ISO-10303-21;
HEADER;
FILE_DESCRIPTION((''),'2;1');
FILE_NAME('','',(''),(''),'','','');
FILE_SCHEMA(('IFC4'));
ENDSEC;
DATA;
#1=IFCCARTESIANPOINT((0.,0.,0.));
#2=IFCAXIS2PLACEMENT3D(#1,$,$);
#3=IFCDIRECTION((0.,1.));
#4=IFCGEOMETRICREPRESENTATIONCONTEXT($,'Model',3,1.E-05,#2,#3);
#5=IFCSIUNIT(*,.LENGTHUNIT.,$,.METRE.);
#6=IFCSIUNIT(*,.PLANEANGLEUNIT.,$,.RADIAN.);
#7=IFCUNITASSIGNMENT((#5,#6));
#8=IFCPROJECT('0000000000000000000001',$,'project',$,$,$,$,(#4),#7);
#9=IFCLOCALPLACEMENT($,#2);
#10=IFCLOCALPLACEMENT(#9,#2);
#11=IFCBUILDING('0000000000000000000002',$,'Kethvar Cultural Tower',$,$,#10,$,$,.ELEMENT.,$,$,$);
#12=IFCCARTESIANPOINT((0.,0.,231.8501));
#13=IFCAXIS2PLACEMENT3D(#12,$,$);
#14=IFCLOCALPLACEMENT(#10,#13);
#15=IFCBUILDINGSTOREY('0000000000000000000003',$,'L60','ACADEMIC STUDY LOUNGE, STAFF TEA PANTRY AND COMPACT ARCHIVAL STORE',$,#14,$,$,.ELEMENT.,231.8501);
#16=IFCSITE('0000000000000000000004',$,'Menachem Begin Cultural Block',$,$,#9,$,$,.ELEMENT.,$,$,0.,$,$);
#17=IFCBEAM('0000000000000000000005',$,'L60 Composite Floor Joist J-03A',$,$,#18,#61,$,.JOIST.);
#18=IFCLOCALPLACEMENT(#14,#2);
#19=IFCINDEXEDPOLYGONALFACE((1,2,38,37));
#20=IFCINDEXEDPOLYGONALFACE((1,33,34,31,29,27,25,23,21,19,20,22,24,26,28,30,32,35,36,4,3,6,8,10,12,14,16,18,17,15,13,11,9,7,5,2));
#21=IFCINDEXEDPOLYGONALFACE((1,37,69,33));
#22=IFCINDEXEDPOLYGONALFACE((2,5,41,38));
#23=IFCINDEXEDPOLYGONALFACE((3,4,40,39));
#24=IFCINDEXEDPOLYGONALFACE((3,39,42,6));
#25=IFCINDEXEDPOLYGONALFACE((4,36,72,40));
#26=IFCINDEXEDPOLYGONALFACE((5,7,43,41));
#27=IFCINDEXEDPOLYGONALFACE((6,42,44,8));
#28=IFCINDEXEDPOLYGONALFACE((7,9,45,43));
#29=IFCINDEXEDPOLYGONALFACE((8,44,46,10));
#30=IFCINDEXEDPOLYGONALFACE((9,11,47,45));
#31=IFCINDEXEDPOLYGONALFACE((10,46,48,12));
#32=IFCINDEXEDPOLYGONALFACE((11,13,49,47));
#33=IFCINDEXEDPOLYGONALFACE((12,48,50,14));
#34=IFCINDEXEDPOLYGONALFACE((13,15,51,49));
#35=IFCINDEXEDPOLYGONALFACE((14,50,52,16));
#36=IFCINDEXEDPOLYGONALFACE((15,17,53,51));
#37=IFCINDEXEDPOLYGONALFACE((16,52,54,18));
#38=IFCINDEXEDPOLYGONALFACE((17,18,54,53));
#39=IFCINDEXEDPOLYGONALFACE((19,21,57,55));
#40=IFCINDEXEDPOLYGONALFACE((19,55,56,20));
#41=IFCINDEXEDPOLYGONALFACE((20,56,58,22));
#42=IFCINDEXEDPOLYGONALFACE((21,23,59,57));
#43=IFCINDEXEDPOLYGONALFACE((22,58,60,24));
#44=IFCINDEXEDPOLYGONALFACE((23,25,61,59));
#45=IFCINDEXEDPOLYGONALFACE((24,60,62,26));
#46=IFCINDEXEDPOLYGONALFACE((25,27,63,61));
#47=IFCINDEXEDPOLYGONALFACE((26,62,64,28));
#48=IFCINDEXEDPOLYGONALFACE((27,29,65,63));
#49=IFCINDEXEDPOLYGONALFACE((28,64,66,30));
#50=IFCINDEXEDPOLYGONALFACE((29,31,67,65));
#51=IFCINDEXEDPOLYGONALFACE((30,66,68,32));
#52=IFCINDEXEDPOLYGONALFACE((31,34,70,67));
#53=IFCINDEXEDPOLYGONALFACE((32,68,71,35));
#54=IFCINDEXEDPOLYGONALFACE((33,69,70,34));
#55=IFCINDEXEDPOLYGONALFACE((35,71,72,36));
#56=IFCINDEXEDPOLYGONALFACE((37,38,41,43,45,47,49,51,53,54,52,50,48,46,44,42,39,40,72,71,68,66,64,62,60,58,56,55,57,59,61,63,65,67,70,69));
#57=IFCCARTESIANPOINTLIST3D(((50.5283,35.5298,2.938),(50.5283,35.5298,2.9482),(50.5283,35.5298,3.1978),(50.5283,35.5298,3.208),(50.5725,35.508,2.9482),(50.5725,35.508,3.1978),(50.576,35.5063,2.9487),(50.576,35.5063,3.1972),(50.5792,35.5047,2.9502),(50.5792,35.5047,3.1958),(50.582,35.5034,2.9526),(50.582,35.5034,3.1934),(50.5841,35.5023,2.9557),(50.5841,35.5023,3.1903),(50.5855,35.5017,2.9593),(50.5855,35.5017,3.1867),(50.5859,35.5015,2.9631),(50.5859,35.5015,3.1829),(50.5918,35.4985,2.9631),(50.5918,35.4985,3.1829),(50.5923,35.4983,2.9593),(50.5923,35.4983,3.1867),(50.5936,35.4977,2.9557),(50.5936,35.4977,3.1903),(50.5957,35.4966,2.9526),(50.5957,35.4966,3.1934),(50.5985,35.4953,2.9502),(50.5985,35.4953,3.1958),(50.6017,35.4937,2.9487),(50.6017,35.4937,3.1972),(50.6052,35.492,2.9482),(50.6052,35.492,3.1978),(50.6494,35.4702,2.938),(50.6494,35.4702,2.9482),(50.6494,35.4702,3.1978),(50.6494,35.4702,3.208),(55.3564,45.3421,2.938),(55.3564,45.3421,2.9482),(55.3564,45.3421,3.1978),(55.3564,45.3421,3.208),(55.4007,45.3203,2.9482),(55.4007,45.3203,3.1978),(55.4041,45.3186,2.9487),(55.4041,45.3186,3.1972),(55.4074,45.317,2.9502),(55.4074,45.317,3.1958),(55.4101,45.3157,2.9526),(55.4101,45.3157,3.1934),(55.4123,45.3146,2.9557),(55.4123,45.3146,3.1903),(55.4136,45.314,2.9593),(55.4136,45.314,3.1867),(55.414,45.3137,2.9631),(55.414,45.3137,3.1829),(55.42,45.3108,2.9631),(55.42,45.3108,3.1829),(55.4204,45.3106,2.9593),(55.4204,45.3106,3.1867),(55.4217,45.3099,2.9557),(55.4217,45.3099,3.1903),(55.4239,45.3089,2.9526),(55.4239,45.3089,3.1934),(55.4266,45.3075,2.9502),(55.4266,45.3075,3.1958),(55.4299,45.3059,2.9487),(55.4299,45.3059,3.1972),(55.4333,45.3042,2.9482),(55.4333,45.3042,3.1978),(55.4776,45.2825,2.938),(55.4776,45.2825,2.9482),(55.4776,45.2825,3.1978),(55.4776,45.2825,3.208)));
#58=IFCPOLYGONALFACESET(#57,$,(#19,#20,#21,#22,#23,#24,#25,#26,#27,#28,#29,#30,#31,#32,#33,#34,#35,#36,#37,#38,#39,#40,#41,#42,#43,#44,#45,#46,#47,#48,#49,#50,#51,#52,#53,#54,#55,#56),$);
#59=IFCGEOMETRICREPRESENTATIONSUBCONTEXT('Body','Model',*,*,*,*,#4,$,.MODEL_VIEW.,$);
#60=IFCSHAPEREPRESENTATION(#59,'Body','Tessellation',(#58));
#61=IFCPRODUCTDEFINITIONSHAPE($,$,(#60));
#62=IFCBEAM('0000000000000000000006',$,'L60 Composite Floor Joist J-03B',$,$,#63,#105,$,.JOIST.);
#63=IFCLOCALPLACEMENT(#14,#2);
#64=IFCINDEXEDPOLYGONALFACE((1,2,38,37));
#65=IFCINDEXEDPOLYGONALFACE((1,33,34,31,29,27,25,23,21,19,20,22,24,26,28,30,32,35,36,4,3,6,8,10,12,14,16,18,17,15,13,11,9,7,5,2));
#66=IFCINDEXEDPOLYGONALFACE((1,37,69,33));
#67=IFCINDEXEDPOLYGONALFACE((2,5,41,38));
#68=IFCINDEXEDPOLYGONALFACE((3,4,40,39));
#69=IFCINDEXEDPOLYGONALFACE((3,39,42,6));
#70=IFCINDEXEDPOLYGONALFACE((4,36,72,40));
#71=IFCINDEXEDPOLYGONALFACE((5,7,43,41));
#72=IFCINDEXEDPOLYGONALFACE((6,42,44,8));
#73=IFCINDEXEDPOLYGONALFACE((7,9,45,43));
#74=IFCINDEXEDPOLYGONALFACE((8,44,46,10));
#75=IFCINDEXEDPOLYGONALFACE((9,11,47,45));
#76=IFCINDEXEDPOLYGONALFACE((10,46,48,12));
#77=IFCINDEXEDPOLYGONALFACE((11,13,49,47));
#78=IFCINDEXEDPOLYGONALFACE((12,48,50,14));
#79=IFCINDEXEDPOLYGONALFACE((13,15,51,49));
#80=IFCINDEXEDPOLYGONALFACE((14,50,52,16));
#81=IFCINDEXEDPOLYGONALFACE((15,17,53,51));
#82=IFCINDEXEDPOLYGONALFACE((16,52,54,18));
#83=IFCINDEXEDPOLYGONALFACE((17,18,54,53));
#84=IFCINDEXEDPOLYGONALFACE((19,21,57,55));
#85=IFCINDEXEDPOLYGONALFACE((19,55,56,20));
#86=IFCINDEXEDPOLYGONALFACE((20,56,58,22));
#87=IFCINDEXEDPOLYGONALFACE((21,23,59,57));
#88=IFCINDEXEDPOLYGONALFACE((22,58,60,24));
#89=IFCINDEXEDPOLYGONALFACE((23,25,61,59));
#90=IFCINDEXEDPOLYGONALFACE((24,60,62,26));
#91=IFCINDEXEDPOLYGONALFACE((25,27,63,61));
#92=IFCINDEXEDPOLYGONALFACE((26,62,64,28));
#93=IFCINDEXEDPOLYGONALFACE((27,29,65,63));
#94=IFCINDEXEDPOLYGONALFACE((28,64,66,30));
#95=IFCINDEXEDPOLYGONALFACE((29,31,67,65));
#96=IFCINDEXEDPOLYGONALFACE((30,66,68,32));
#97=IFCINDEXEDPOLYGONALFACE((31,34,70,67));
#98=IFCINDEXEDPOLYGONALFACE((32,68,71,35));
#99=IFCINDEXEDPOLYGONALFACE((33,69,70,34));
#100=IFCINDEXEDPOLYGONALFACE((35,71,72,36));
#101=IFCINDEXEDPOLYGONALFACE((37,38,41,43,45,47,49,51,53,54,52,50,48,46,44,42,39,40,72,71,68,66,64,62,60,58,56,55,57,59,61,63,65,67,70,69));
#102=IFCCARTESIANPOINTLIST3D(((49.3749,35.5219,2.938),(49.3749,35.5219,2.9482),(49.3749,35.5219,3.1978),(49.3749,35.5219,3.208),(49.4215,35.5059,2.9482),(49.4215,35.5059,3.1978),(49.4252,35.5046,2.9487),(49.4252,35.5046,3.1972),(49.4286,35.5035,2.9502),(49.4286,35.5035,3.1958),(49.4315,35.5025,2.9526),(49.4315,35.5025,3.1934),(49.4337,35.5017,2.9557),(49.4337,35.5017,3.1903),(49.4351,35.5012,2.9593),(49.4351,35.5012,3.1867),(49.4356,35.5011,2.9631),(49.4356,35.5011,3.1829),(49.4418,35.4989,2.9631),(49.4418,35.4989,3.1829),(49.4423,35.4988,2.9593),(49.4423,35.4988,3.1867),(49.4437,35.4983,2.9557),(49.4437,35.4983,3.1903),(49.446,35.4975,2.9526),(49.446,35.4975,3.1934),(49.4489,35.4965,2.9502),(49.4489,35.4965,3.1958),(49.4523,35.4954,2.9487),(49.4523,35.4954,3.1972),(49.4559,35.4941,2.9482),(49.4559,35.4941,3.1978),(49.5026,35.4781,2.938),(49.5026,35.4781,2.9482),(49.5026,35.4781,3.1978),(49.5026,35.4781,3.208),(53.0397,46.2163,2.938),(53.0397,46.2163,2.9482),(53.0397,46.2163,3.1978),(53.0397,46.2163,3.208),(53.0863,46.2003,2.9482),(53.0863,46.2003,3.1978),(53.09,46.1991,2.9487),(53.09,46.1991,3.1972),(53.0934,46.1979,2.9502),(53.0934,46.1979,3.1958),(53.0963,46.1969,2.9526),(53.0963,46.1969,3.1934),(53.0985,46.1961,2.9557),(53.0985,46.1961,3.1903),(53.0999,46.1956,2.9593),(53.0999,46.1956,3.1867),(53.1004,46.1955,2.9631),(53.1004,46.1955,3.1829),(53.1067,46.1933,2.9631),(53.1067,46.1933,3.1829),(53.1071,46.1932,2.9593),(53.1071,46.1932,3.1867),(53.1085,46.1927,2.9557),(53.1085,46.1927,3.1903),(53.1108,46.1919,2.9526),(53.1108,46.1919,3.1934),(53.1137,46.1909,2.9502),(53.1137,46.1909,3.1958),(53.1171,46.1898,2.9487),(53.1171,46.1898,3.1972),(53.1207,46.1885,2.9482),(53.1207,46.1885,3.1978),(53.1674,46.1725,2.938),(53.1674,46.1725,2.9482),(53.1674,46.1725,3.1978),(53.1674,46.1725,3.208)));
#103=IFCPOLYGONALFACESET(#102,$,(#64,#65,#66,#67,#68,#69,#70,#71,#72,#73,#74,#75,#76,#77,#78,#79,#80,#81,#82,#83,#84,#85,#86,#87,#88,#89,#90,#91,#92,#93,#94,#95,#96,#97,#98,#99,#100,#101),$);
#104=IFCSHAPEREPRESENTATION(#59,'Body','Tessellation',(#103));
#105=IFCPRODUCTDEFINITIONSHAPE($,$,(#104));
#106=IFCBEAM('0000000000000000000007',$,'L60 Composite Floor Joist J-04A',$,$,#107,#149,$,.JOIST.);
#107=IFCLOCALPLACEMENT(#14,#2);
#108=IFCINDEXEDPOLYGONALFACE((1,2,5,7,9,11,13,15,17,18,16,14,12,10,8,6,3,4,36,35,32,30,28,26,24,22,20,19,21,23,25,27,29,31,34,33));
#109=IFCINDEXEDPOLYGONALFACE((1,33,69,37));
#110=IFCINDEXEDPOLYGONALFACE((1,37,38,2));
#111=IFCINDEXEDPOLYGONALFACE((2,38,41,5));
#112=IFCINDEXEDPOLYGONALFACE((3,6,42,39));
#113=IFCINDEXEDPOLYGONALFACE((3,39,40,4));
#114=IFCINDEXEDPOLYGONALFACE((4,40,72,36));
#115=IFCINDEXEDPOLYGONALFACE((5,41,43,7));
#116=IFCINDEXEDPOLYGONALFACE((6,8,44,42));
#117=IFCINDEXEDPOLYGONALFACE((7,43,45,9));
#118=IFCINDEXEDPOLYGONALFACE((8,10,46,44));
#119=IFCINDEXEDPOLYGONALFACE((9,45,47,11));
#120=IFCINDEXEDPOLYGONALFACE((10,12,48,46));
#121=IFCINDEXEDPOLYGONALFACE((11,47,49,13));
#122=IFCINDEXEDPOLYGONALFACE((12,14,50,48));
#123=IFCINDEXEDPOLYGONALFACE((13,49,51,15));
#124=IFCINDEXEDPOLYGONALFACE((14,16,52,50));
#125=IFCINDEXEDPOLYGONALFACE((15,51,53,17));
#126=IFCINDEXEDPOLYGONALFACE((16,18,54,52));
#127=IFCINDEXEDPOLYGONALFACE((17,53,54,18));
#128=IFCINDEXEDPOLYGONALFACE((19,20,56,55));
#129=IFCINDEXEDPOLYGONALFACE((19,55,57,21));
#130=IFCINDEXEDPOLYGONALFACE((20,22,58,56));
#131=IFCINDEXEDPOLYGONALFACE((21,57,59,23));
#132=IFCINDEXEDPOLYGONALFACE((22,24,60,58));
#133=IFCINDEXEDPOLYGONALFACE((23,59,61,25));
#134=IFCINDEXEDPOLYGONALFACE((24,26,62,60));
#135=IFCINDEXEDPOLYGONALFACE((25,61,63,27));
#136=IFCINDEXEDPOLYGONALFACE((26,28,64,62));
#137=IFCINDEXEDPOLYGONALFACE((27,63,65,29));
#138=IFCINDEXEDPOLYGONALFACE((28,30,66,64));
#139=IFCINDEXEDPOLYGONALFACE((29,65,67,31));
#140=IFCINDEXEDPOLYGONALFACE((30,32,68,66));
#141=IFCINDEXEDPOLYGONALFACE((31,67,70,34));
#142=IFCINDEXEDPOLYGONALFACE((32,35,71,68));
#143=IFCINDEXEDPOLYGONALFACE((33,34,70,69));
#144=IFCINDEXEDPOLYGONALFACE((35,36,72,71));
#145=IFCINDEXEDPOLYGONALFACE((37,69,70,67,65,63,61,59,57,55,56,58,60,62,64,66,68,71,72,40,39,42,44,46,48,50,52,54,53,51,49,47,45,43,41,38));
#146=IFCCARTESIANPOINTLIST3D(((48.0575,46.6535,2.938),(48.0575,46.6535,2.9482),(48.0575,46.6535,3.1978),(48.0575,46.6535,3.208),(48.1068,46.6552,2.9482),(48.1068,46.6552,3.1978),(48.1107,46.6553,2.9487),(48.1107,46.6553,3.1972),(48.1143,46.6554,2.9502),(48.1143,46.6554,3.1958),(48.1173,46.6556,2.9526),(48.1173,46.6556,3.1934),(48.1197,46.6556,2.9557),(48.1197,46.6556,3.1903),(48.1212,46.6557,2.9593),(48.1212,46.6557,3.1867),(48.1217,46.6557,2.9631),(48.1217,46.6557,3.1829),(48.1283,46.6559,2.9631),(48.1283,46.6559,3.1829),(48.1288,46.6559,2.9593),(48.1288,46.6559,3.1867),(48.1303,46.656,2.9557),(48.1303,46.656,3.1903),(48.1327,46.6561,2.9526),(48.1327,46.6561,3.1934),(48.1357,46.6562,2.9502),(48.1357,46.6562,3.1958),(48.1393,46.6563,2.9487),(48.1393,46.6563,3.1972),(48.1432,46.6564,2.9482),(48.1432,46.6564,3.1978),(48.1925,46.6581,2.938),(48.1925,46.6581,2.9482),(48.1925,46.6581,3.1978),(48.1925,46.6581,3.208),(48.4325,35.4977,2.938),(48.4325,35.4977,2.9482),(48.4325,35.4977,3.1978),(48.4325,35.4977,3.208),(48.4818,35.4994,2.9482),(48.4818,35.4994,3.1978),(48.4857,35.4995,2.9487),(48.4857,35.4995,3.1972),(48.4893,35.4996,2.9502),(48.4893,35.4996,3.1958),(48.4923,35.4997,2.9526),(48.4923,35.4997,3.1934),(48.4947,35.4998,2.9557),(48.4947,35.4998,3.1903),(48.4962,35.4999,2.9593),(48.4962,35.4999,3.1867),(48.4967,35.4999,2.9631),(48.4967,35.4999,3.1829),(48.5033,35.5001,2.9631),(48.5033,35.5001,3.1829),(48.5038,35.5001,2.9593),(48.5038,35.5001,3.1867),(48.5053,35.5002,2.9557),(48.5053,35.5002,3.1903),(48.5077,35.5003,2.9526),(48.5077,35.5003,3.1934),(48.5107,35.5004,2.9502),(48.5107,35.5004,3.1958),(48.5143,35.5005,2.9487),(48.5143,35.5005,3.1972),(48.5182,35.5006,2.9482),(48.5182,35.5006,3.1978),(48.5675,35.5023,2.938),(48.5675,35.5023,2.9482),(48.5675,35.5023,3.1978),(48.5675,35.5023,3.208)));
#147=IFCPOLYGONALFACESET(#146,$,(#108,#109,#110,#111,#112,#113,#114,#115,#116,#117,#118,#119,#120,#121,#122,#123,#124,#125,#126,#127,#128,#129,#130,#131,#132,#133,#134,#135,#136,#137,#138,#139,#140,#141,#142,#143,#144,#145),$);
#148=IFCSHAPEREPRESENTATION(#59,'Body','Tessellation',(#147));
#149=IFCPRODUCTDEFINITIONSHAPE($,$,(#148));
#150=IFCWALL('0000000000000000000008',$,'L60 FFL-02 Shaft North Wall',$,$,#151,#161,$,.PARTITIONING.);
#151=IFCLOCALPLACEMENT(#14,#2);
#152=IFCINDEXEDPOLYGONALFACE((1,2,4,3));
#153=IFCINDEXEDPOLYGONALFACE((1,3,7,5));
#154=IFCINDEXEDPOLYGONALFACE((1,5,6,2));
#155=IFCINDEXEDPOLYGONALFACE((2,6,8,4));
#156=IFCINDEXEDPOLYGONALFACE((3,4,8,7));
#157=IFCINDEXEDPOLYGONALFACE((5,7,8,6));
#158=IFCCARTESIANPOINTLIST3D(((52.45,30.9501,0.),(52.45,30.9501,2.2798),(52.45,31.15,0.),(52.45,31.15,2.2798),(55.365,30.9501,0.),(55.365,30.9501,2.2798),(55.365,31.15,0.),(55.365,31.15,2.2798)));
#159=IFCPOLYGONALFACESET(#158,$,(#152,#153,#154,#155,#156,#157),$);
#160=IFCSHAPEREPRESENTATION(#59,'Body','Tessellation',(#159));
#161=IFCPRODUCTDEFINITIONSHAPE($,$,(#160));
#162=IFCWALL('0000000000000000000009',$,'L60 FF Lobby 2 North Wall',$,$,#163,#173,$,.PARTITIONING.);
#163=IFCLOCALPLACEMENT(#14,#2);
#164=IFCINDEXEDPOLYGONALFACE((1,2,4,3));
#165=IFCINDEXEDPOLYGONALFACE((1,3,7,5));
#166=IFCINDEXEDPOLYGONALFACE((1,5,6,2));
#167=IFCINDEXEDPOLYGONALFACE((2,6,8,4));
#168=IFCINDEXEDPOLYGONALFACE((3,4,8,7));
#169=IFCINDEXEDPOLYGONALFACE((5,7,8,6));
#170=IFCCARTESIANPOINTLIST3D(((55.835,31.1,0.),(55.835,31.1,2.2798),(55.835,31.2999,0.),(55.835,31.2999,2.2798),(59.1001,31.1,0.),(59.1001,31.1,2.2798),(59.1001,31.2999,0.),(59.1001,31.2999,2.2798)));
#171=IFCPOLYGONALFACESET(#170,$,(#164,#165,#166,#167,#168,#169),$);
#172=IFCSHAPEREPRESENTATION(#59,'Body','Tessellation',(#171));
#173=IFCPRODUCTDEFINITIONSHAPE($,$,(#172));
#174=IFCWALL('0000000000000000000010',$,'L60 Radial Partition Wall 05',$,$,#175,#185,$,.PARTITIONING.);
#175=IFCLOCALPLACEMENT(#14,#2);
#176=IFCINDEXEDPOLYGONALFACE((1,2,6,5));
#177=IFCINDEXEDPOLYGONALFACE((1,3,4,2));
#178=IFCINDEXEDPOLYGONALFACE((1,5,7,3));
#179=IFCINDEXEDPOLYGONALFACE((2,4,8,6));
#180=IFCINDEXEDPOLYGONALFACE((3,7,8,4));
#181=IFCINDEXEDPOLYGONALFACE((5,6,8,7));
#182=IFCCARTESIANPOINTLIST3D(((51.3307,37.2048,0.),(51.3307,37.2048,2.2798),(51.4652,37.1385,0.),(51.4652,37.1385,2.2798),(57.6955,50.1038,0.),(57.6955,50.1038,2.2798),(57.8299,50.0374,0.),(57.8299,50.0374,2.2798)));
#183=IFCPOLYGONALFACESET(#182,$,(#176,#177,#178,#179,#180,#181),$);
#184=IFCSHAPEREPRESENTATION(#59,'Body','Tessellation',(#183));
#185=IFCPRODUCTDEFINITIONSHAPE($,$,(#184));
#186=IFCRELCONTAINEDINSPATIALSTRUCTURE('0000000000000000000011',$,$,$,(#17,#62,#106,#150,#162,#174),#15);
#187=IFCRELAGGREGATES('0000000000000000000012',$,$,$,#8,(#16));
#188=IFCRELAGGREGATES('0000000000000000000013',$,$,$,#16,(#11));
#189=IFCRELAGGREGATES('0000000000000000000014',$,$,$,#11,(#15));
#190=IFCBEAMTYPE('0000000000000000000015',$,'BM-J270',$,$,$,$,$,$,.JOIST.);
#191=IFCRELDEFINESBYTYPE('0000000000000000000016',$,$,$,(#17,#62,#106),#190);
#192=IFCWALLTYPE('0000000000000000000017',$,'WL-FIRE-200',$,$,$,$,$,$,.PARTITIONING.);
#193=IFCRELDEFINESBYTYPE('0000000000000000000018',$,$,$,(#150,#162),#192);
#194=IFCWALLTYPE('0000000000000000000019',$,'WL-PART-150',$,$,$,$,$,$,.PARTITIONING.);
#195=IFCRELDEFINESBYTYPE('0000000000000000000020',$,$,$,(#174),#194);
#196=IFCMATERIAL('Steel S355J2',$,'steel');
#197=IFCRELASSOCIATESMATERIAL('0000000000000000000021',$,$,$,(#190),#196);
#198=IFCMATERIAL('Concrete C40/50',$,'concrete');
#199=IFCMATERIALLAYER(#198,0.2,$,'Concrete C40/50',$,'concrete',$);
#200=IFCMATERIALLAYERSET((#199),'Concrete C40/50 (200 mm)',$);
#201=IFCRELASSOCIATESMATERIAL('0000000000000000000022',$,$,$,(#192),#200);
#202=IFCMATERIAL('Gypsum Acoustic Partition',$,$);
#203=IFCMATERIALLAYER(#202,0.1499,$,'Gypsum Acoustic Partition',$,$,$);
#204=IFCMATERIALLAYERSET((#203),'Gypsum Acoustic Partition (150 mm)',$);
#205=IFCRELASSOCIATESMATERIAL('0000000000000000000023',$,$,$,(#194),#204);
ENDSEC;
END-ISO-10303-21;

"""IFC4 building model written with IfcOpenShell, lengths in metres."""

from ifc_helpers import new_model, si_unit, direction, frame, frame_2d, origin, origin_2d, place, context, subcontext, project, spatial, rectangle, i_section, extrude, source, transform, mapped, material, layer, layer_set, material_profile, profile_set, type_object, element, save


model = new_model("IFC4")

# Units and contexts
model_context = context("Model", 3, precision=1e-05, world=origin(), true_north=direction((0.0, 1.0)))
body_context = subcontext(model_context, "Body", "Model", "MODEL_VIEW")
ifc_project = project(units=[si_unit("LENGTHUNIT", "METRE"), si_unit("PLANEANGLEUNIT", "RADIAN")], contexts=[model_context])

# Site, building, storey
site_placement = place(None, origin())
site = spatial("IfcSite", under=ifc_project, at=site_placement, Name="Menachem Begin Cultural Block", CompositionType="ELEMENT", RefElevation=0.0)
building_placement = place(site_placement, origin())
building = spatial("IfcBuilding", under=site, at=building_placement, Name="Kethvar Cultural Tower", CompositionType="ELEMENT")
storey_placement = place(building_placement, frame((0.0, 0.0, 231.8501)))
storey = spatial("IfcBuildingStorey", under=building, at=storey_placement, Name="L60", Description="ACADEMIC STUDY LOUNGE, STAFF TEA PANTRY AND COMPACT ARCHIVAL STORE", CompositionType="ELEMENT", Elevation=231.8501)

# Beams
ifc_material_1 = material(Name="Steel S355J2", Category="steel")
ifc_material_profile_1 = material_profile(ifc_material_1, i_section(OverallWidth=0.135, OverallDepth=0.27, WebThickness=0.0066, FlangeThickness=0.0103, FilletRadius=0.0149, at=origin_2d()), Name="Steel S355J2 — IPE270")
ifc_profile_set_1 = profile_set([ifc_material_profile_1], Name="Steel S355J2 — IPE270")
beam_type_1 = type_object("IfcBeamType", Name="BM-J270", PredefinedType="JOIST", material=ifc_profile_set_1)
shared_shape_1 = source(origin(), body_context, "Body", "SweptSolid", [
    extrude(i_section(OverallWidth=0.135, OverallDepth=0.27, WebThickness=0.0066, FlangeThickness=0.0103, FilletRadius=0.0149, at=origin_2d()), origin(), (0.0, 0.0, 1.0), 10.9358),
])
beam_1_placement = place(storey_placement, frame((50.5889, 35.5, 3.073), z_axis=(0.441498, 0.897262, 0.0), x_axis=(-0.897262, 0.441498, 0.0)))
element("IfcBeam", 1, at=beam_1_placement, inside=storey, type_object=beam_type_1, Name="L60 Composite Floor Joist J-03A", PredefinedType="JOIST", context=body_context, shape_type="MappedRepresentation", body=[
    mapped(shared_shape_1, transform((0.0, 0.0, 0.0), scale=1.0)),
])
shared_shape_2 = source(origin(), body_context, "Body", "SweptSolid", [
    extrude(i_section(OverallWidth=0.135, OverallDepth=0.27, WebThickness=0.0066, FlangeThickness=0.0103, FilletRadius=0.0149, at=origin_2d()), origin(), (0.0, 0.0, 1.0), 11.3049),
])
beam_2_placement = place(storey_placement, frame((49.4387, 35.5, 3.073), z_axis=(0.324179, 0.945996, 0.0), x_axis=(-0.945996, 0.324179, 0.0)))
element("IfcBeam", 2, at=beam_2_placement, inside=storey, type_object=beam_type_1, Name="L60 Composite Floor Joist J-03B", PredefinedType="JOIST", context=body_context, shape_type="MappedRepresentation", body=[
    mapped(shared_shape_2, transform((0.0, 0.0, 0.0), scale=1.0)),
])
shared_shape_3 = source(origin(), body_context, "Body", "SweptSolid", [
    extrude(i_section(OverallWidth=0.135, OverallDepth=0.27, WebThickness=0.0066, FlangeThickness=0.0103, FilletRadius=0.0149, at=origin_2d()), origin(), (0.0, 0.0, 1.0), 11.1621),
])
beam_3_placement = place(storey_placement, frame((48.5, 35.5, 3.073), z_axis=(-0.033596, 0.999435, 0.0), x_axis=(-0.999435, -0.033596, 0.0)))
element("IfcBeam", 3, at=beam_3_placement, inside=storey, type_object=beam_type_1, Name="L60 Composite Floor Joist J-04A", PredefinedType="JOIST", context=body_context, shape_type="MappedRepresentation", body=[
    mapped(shared_shape_3, transform((0.0, 0.0, 0.0), scale=1.0)),
])

# Walls
ifc_material_2 = material(Name="Concrete C40/50", Category="concrete")
ifc_layer_1 = layer(ifc_material_2, 0.2, Name="Concrete C40/50", Category="concrete")
ifc_layer_set_1 = layer_set([ifc_layer_1], Name="Concrete C40/50 (200 mm)")
wall_type_1 = type_object("IfcWallType", Name="WL-FIRE-200", PredefinedType="PARTITIONING", material=ifc_layer_set_1)
wall_1_placement = place(storey_placement, frame((52.45, 31.05, 0.0), z_axis=(0.0, 0.0, 1.0), x_axis=(1.0, 0.0, 0.0)))
element("IfcWall", 4, at=wall_1_placement, inside=storey, type_object=wall_type_1, Name="L60 FFL-02 Shaft North Wall", PredefinedType="PARTITIONING", context=body_context, shape_type="SweptSolid", body=[
    extrude(rectangle(XDim=2.915, YDim=0.2, at=frame_2d((1.4575, 0.0))), origin(), (0.0, 0.0, 1.0), 2.2798),
])
wall_2_placement = place(storey_placement, frame((55.835, 31.2, 0.0), z_axis=(0.0, 0.0, 1.0), x_axis=(1.0, 0.0, 0.0)))
element("IfcWall", 5, at=wall_2_placement, inside=storey, type_object=wall_type_1, Name="L60 FF Lobby 2 North Wall", PredefinedType="PARTITIONING", context=body_context, shape_type="SweptSolid", body=[
    extrude(rectangle(XDim=3.2651, YDim=0.2, at=frame_2d((1.6326, 0.0))), origin(), (0.0, 0.0, 1.0), 2.2798),
])
ifc_material_3 = material(Name="Gypsum Acoustic Partition")
ifc_layer_2 = layer(ifc_material_3, 0.1499, Name="Gypsum Acoustic Partition")
ifc_layer_set_2 = layer_set([ifc_layer_2], Name="Gypsum Acoustic Partition (150 mm)")
wall_type_2 = type_object("IfcWallType", Name="WL-PART-150", PredefinedType="PARTITIONING", material=ifc_layer_set_2)
wall_3_placement = place(storey_placement, frame((51.3979, 37.1716, 0.0), z_axis=(0.0, 0.0, 1.0), x_axis=(0.442496, 0.896771, 0.0)))
element("IfcWall", 6, at=wall_3_placement, inside=storey, type_object=wall_type_2, Name="L60 Radial Partition Wall 05", PredefinedType="PARTITIONING", context=body_context, shape_type="SweptSolid", body=[
    extrude(rectangle(XDim=14.3838, YDim=0.1499, at=frame_2d((7.1919, 0.0))), origin(), (0.0, 0.0, 1.0), 2.2798),
])

save(model, "model.ifc")
